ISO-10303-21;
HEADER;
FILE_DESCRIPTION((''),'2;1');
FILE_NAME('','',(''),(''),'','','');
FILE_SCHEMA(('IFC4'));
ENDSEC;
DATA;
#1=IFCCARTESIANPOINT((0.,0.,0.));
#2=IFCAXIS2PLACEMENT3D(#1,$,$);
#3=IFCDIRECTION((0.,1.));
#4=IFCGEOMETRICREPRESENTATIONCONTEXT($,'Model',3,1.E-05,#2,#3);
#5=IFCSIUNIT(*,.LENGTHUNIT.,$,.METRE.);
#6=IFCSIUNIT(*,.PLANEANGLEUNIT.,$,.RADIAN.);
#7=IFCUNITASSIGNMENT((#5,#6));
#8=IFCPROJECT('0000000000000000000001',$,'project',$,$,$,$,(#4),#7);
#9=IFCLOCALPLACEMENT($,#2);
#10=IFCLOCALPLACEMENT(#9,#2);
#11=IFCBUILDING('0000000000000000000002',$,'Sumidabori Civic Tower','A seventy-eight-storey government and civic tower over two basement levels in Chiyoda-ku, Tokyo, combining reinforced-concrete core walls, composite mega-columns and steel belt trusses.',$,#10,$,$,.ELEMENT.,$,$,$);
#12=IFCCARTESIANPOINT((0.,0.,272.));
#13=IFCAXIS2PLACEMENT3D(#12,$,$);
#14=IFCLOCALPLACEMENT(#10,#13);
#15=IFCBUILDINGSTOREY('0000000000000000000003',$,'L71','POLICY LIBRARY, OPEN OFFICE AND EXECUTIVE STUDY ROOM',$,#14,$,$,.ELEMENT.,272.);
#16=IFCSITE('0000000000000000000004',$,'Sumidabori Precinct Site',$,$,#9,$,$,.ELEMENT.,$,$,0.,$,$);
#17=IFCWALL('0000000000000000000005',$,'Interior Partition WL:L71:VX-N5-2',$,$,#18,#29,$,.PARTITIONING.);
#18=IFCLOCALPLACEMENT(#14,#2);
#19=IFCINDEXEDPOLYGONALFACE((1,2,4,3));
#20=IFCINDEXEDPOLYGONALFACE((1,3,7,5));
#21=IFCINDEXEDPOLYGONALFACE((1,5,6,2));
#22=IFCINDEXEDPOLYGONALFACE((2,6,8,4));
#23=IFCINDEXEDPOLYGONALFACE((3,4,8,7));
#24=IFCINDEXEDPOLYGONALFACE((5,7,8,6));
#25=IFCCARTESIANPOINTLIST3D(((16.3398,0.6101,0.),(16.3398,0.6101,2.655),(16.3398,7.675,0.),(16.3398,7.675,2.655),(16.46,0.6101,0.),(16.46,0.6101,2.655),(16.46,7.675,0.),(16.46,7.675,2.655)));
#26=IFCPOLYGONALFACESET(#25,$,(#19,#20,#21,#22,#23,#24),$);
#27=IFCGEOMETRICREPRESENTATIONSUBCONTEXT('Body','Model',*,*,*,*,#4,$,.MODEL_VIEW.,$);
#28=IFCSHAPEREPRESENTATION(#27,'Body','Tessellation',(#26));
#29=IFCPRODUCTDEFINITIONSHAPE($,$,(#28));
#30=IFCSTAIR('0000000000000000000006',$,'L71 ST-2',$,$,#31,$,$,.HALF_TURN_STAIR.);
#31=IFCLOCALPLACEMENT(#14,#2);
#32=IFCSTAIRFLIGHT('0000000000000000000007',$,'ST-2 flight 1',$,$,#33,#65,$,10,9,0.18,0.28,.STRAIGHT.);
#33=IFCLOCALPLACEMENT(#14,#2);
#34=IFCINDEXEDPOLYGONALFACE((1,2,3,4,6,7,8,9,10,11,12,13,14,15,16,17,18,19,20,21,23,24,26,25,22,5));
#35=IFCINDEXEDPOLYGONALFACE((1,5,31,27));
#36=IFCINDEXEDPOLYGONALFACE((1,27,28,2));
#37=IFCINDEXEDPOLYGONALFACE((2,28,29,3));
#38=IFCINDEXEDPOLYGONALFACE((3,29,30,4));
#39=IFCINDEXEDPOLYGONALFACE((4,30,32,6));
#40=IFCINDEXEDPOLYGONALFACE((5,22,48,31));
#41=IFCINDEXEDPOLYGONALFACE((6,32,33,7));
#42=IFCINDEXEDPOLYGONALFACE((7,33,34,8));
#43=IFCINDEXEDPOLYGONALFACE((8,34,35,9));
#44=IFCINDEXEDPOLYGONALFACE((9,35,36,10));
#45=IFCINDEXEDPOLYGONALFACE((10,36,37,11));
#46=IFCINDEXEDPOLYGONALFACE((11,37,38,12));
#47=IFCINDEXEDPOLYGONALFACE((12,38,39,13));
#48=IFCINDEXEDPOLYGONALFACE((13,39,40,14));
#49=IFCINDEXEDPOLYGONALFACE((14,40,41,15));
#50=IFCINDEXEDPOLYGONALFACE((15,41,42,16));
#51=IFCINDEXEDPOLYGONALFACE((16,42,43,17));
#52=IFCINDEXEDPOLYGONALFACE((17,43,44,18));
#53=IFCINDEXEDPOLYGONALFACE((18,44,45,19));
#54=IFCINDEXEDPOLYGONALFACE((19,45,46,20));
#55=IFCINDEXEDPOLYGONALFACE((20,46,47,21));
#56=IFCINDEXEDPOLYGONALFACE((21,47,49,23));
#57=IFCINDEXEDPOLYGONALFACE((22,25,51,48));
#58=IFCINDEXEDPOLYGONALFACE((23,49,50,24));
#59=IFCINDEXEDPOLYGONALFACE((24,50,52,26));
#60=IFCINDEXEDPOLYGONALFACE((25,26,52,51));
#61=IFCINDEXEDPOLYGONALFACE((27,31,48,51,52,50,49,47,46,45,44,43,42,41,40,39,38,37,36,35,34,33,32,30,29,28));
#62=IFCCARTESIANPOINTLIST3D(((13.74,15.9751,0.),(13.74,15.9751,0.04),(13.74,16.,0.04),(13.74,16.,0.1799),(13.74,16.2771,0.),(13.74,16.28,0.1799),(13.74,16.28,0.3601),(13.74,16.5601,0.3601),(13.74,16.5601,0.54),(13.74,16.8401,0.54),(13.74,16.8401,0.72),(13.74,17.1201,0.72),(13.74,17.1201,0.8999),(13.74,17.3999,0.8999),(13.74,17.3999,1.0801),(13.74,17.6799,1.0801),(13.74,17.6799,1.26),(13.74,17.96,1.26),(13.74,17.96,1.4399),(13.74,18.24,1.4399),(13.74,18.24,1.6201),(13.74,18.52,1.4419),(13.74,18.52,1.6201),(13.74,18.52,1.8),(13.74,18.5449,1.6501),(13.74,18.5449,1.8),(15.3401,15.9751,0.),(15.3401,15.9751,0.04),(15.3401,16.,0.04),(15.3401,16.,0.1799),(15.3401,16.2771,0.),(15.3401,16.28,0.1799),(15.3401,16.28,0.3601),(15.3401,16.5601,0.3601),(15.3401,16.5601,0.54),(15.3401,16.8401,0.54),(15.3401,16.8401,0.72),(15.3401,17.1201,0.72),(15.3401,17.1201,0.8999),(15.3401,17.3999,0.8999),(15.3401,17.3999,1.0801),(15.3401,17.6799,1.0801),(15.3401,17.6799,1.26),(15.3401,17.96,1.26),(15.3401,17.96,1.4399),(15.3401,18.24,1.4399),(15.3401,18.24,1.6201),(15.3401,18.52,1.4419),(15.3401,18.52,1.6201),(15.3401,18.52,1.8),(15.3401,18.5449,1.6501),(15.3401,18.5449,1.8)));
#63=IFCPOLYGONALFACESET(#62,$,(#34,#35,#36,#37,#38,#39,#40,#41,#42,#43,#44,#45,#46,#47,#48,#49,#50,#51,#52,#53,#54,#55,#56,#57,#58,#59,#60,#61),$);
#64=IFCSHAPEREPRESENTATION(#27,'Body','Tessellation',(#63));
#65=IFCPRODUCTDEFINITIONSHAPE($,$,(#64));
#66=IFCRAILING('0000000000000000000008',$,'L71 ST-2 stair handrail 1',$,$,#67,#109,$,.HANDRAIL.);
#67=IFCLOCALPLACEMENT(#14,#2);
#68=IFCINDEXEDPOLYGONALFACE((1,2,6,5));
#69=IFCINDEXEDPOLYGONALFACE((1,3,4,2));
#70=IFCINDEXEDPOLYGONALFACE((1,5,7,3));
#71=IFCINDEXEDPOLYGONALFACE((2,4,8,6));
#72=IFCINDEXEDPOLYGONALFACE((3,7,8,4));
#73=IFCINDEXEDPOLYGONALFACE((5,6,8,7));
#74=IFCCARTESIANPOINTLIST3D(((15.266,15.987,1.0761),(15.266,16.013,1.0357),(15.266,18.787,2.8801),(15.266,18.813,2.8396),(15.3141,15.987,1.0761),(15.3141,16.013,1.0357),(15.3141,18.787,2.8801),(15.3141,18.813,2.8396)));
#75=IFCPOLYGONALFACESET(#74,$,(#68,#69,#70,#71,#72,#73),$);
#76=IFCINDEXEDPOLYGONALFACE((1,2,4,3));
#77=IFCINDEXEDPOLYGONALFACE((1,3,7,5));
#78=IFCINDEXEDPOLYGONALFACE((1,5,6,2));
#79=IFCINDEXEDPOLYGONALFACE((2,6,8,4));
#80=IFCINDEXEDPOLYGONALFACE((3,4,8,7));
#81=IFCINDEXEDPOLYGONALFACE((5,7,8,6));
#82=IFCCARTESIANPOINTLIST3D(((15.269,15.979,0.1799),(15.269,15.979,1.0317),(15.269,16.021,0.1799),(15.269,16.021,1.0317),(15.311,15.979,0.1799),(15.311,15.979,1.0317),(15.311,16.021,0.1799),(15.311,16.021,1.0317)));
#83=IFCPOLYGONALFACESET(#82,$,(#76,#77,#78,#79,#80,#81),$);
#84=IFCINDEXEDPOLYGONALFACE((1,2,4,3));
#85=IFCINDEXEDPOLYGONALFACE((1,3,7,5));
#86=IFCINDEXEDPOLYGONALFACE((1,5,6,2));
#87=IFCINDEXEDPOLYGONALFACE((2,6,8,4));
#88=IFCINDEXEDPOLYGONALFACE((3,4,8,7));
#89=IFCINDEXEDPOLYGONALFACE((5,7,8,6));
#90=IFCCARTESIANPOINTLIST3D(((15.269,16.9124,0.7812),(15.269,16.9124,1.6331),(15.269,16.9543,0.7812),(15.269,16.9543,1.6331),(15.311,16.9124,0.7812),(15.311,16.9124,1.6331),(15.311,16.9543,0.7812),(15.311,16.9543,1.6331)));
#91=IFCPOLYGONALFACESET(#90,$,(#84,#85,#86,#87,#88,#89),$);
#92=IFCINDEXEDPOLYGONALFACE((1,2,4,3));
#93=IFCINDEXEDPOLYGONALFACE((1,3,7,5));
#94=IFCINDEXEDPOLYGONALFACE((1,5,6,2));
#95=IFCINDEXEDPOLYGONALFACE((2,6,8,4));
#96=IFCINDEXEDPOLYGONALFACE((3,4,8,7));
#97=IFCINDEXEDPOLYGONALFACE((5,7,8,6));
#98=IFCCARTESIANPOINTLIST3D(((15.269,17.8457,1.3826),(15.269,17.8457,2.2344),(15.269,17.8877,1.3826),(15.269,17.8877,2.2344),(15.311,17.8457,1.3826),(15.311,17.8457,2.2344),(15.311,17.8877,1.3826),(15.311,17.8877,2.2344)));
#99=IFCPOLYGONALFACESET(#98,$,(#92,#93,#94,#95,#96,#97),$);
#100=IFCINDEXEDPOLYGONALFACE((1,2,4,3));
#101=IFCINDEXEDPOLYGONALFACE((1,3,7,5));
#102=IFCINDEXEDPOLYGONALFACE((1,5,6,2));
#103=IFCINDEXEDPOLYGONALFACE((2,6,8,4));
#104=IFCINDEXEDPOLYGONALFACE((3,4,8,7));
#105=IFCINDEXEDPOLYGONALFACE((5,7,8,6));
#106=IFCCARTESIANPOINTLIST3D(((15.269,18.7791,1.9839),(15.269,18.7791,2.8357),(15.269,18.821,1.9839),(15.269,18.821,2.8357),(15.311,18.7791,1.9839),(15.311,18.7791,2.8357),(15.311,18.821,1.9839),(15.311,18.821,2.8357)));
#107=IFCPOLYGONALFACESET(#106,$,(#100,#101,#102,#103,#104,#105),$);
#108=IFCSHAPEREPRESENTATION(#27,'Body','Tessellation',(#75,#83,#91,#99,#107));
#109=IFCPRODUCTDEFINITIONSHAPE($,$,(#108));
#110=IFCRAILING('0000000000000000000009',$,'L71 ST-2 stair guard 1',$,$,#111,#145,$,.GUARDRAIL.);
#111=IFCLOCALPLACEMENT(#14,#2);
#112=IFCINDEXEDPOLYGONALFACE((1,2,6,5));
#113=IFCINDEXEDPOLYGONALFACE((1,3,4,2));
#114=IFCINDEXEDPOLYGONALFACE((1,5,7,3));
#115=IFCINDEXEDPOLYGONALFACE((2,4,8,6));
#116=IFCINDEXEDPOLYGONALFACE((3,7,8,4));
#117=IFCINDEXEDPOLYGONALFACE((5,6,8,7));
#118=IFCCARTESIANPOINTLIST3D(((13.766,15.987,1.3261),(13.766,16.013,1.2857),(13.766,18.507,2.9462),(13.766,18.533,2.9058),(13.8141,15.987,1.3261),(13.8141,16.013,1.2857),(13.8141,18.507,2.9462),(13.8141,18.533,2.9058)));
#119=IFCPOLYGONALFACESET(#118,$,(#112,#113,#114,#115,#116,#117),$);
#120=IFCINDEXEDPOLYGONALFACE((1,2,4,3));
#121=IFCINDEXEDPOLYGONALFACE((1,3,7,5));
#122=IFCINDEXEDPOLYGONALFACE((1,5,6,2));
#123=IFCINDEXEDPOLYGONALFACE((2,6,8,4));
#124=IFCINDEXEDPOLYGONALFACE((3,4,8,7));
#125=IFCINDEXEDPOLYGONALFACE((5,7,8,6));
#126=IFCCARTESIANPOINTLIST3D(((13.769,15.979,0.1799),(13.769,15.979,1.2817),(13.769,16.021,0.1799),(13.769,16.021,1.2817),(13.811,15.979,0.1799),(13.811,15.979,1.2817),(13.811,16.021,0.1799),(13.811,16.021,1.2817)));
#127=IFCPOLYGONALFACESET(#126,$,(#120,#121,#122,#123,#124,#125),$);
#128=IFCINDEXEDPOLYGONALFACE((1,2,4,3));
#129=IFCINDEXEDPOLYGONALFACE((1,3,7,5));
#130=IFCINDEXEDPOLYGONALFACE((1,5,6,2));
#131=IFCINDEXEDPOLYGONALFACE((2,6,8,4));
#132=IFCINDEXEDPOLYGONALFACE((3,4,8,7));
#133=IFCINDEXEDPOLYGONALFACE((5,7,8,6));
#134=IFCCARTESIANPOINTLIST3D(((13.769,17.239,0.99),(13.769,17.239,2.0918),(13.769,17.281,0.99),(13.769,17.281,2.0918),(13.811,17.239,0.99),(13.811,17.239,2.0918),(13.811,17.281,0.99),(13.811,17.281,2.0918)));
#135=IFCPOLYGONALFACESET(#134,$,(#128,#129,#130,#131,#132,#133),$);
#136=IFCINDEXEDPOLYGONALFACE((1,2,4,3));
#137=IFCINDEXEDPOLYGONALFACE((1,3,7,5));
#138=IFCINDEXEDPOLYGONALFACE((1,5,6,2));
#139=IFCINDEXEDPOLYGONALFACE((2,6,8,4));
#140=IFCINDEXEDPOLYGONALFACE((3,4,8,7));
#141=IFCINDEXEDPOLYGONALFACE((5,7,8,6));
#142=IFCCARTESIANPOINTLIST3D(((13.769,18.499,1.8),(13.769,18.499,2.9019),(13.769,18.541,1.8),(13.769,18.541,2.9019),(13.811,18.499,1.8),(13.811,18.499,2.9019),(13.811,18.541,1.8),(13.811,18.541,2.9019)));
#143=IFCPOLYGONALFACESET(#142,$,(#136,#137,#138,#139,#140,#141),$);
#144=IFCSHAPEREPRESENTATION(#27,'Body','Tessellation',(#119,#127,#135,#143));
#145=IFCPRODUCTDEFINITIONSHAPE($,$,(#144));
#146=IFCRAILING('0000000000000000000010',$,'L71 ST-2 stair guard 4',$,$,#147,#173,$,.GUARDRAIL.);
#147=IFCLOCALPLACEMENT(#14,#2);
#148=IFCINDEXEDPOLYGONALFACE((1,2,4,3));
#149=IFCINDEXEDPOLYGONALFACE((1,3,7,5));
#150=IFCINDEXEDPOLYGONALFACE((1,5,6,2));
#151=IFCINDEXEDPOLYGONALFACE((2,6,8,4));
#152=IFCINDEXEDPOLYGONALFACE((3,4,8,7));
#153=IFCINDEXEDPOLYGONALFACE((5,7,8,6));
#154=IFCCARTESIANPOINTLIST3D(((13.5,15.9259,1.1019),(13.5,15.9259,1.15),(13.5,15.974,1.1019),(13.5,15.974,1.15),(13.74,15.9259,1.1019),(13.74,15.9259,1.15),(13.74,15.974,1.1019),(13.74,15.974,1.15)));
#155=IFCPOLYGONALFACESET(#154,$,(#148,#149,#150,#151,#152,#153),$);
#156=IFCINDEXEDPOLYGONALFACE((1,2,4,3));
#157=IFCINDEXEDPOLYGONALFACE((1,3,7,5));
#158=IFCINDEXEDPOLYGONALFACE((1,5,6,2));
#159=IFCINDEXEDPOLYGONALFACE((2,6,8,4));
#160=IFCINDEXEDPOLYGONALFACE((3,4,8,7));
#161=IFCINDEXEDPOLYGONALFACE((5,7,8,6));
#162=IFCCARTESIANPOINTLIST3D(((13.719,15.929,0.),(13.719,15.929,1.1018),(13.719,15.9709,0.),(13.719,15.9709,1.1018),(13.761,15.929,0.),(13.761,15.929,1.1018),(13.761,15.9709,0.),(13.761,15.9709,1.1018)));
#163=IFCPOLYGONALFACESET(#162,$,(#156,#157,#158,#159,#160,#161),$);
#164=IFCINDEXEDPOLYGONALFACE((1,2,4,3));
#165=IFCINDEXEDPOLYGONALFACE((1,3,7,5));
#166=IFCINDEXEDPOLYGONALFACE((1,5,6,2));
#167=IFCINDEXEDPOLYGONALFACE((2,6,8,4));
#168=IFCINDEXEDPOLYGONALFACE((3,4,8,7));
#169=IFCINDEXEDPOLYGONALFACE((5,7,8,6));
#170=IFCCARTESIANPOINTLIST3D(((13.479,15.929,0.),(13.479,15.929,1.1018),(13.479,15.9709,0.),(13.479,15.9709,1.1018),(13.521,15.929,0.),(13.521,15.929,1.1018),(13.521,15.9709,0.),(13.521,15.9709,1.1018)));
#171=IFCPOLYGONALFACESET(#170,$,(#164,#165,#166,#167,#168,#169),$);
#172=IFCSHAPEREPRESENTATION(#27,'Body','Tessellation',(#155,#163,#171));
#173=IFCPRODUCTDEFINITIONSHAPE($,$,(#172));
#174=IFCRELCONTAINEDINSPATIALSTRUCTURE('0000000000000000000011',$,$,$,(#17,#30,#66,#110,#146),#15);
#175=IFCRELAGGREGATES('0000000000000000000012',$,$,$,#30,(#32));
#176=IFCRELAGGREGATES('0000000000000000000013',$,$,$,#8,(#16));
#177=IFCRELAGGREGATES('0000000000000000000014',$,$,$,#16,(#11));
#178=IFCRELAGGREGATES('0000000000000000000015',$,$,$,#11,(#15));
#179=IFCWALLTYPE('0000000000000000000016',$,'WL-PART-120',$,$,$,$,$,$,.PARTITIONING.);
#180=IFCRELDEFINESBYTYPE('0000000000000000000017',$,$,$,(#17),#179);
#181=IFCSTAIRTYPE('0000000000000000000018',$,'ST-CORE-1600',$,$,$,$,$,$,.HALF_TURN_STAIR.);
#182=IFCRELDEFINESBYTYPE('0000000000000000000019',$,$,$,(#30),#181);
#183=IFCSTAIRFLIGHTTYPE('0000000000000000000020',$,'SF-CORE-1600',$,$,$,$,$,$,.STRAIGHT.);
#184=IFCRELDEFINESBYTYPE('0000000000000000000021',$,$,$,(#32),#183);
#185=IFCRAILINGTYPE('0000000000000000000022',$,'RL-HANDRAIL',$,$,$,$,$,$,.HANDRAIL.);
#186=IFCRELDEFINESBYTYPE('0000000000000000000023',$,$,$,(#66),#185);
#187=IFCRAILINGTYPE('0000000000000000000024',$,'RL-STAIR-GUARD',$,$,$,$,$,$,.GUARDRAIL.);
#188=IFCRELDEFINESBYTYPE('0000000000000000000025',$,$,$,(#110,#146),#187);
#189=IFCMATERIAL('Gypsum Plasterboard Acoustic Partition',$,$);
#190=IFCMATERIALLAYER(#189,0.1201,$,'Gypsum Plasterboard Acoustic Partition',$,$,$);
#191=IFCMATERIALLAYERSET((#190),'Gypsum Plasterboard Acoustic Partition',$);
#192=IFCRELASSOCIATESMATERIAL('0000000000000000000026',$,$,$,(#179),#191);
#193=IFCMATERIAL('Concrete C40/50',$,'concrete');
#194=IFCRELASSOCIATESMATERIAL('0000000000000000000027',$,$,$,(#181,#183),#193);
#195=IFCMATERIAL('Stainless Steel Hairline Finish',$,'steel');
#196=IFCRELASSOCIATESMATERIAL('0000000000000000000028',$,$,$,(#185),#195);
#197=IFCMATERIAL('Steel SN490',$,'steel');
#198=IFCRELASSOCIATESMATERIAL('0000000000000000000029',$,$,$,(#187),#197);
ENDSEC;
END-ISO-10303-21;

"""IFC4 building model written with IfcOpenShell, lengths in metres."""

from ifc_helpers import new_model, si_unit, direction, frame, frame_2d, origin, origin_2d, place, context, subcontext, project, spatial, polyline, rectangle, outline, extrude, source, transform, mapped, material, layer, layer_set, type_object, element, aggregate, save


model = new_model("IFC4")

# Units and contexts
model_context = context("Model", 3, precision=1e-05, world=origin(), true_north=direction((0.0, 1.0)))
body_context = subcontext(model_context, "Body", "Model", "MODEL_VIEW")
ifc_project = project(units=[si_unit("LENGTHUNIT", "METRE"), si_unit("PLANEANGLEUNIT", "RADIAN")], contexts=[model_context])

# Site, building, storey
site_placement = place(None, origin())
site = spatial("IfcSite", under=ifc_project, at=site_placement, Name="Sumidabori Precinct Site", CompositionType="ELEMENT", RefElevation=0.0)
building_placement = place(site_placement, origin())
building = spatial("IfcBuilding", under=site, at=building_placement, Name="Sumidabori Civic Tower", Description="A seventy-eight-storey government and civic tower over two basement levels in Chiyoda-ku, Tokyo, combining reinforced-concrete core walls, composite mega-columns and steel belt trusses.", CompositionType="ELEMENT")
storey_placement = place(building_placement, frame((0.0, 0.0, 272.0)))
storey = spatial("IfcBuildingStorey", under=building, at=storey_placement, Name="L71", Description="POLICY LIBRARY, OPEN OFFICE AND EXECUTIVE STUDY ROOM", CompositionType="ELEMENT", Elevation=272.0)

# Shared definitions
ifc_material_1 = material(Name="Steel SN490", Category="steel")

# Shared definitions
ifc_material_2 = material(Name="Stainless Steel Hairline Finish", Category="steel")

# Shared definitions
ifc_material_3 = material(Name="Gypsum Plasterboard Acoustic Partition")

# Wall
ifc_layer_1 = layer(ifc_material_3, 0.1201, Name="Gypsum Plasterboard Acoustic Partition")
ifc_layer_set_1 = layer_set([ifc_layer_1], Name="Gypsum Plasterboard Acoustic Partition")
wall_type_1 = type_object("IfcWallType", Name="WL-PART-120", PredefinedType="PARTITIONING", material=ifc_layer_set_1)
shared_shape_1 = source(origin(), body_context, "Body", "SweptSolid", [
    extrude(rectangle(XDim=7.0649, YDim=0.1201, at=frame_2d((3.5325, 0.0))), origin(), (0.0, 0.0, 1.0), 2.655),
])
wall_1_placement = place(storey_placement, frame((16.3999, 0.6101, 0.0), z_axis=(0.0, 0.0, 1.0), x_axis=(0.0, 1.0, 0.0)))
element("IfcWall", 1, at=wall_1_placement, inside=storey, type_object=wall_type_1, Name="Interior Partition WL:L71:VX-N5-2", PredefinedType="PARTITIONING", context=body_context, shape_type="MappedRepresentation", body=[
    mapped(shared_shape_1, transform((0.0, 0.0, 0.0), x_axis=(1.0, 0.0, 0.0), y_axis=(0.0, 1.0, 0.0), z_axis=(0.0, 0.0, 1.0), scale=1.0)),
])

# Stair, stair flight
ifc_material_4 = material(Name="Concrete C40/50", Category="concrete")
stair_type = type_object("IfcStairType", Name="ST-CORE-1600", PredefinedType="HALF_TURN_STAIR", material=ifc_material_4)
stair_placement = place(storey_placement, origin())
stair = element("IfcStair", 2, at=stair_placement, inside=storey, type_object=stair_type, Name="L71 ST-2", PredefinedType="HALF_TURN_STAIR")
stair_flight_type = type_object("IfcStairFlightType", Name="SF-CORE-1600", PredefinedType="STRAIGHT", material=ifc_material_4)
shared_shape_2 = source(origin(), body_context, "Body", "SweptSolid", [
    extrude(outline(polyline([(-0.0249, 0.0), (-0.0249, 0.04), (0.0, 0.04), (0.0, 0.1799), (0.28, 0.1799), (0.28, 0.3601), (0.5601, 0.3601), (0.5601, 0.54), (0.8401, 0.54), (0.8401, 0.72), (1.1201, 0.72), (1.1201, 0.8999), (1.3999, 0.8999), (1.3999, 1.0801), (1.6799, 1.0801), (1.6799, 1.26), (1.96, 1.26), (1.96, 1.4399), (2.24, 1.4399), (2.24, 1.6201), (2.52, 1.6201), (2.52, 1.8), (2.5449, 1.8), (2.5449, 1.6501), (2.52, 1.4419), (0.2771, 0.0), (-0.0249, 0.0)])), frame((0.0, 0.8, 0.0), z_axis=(0.0, -1.0, 0.0), x_axis=(1.0, 0.0, 0.0)), (0.0, 0.0, 1.0), 1.6001),
])
stair_flight_placement = place(storey_placement, frame((14.54, 16.0, 0.0), z_axis=(0.0, 0.0, 1.0), x_axis=(0.0, 1.0, 0.0)))
stair_flight = element("IfcStairFlight", 3, at=stair_flight_placement, type_object=stair_flight_type, Name="ST-2 flight 1", NumberOfRisers=10, NumberOfTreads=9, PredefinedType="STRAIGHT", RiserHeight=0.18, TreadLength=0.28, context=body_context, shape_type="MappedRepresentation", body=[
    mapped(shared_shape_2, transform((0.0, 0.0, 0.0), x_axis=(1.0, 0.0, 0.0), y_axis=(0.0, 1.0, 0.0), z_axis=(0.0, 0.0, 1.0), scale=1.0)),
])
aggregate(stair, [stair_flight])

# Railings
railing_type_1 = type_object("IfcRailingType", Name="RL-HANDRAIL", PredefinedType="HANDRAIL", material=ifc_material_2)
railing_1_placement = place(storey_placement, frame((15.29, 16.0, 0.1799)))
element("IfcRailing", 4, at=railing_1_placement, inside=storey, type_object=railing_type_1, Name="L71 ST-2 stair handrail 1", PredefinedType="HANDRAIL", context=body_context, shape_type="SweptSolid", body=[
    extrude(rectangle(XDim=0.0481, YDim=0.0481, at=origin_2d()), frame((0.0, 0.0, 0.876), z_axis=(0.0, 0.840642, 0.541591), x_axis=(-1.0, 0.0, 0.0)), (0.0, 0.0, 1.0), 3.3308),
    extrude(rectangle(XDim=0.042, YDim=0.042, at=origin_2d()), origin(), (0.0, 0.0, 1.0), 0.8518),
    extrude(rectangle(XDim=0.042, YDim=0.042, at=origin_2d()), frame((0.0, 0.9333, 0.6013)), (0.0, 0.0, 1.0), 0.8518),
    extrude(rectangle(XDim=0.042, YDim=0.042, at=origin_2d()), frame((0.0, 1.8667, 1.2026)), (0.0, 0.0, 1.0), 0.8518),
    extrude(rectangle(XDim=0.042, YDim=0.042, at=origin_2d()), frame((0.0, 2.8, 1.804)), (0.0, 0.0, 1.0), 0.8518),
])
railing_type_2 = type_object("IfcRailingType", Name="RL-STAIR-GUARD", PredefinedType="GUARDRAIL", material=ifc_material_1)
railing_2_placement = place(storey_placement, frame((13.79, 16.0, 0.1799)))
element("IfcRailing", 5, at=railing_2_placement, inside=storey, type_object=railing_type_2, Name="L71 ST-2 stair guard 1", PredefinedType="GUARDRAIL", context=body_context, shape_type="SweptSolid", body=[
    extrude(rectangle(XDim=0.0481, YDim=0.0481, at=origin_2d()), frame((0.0, 0.0, 1.126), z_axis=(0.0, 0.841163, 0.540782), x_axis=(-1.0, 0.0, 0.0)), (0.0, 0.0, 1.0), 2.9958),
    extrude(rectangle(XDim=0.042, YDim=0.042, at=origin_2d()), origin(), (0.0, 0.0, 1.0), 1.1018),
    extrude(rectangle(XDim=0.042, YDim=0.042, at=origin_2d()), frame((0.0, 1.26, 0.8101)), (0.0, 0.0, 1.0), 1.1018),
    extrude(rectangle(XDim=0.042, YDim=0.042, at=origin_2d()), frame((0.0, 2.52, 1.6201)), (0.0, 0.0, 1.0), 1.1018),
])
railing_3_placement = place(storey_placement, frame((13.74, 15.95, 0.0)))
element("IfcRailing", 6, at=railing_3_placement, inside=storey, type_object=railing_type_2, Name="L71 ST-2 stair guard 4", PredefinedType="GUARDRAIL", context=body_context, shape_type="SweptSolid", body=[
    extrude(rectangle(XDim=0.0481, YDim=0.0481, at=origin_2d()), frame((0.0, 0.0, 1.126), z_axis=(-1.0, 0.0, 0.0), x_axis=(0.0, -1.0, 0.0)), (0.0, 0.0, 1.0), 0.24),
    extrude(rectangle(XDim=0.042, YDim=0.042, at=origin_2d()), origin(), (0.0, 0.0, 1.0), 1.1018),
    extrude(rectangle(XDim=0.042, YDim=0.042, at=origin_2d()), frame((-0.24, 0.0, 0.0)), (0.0, 0.0, 1.0), 1.1018),
])

save(model, "model.ifc")
